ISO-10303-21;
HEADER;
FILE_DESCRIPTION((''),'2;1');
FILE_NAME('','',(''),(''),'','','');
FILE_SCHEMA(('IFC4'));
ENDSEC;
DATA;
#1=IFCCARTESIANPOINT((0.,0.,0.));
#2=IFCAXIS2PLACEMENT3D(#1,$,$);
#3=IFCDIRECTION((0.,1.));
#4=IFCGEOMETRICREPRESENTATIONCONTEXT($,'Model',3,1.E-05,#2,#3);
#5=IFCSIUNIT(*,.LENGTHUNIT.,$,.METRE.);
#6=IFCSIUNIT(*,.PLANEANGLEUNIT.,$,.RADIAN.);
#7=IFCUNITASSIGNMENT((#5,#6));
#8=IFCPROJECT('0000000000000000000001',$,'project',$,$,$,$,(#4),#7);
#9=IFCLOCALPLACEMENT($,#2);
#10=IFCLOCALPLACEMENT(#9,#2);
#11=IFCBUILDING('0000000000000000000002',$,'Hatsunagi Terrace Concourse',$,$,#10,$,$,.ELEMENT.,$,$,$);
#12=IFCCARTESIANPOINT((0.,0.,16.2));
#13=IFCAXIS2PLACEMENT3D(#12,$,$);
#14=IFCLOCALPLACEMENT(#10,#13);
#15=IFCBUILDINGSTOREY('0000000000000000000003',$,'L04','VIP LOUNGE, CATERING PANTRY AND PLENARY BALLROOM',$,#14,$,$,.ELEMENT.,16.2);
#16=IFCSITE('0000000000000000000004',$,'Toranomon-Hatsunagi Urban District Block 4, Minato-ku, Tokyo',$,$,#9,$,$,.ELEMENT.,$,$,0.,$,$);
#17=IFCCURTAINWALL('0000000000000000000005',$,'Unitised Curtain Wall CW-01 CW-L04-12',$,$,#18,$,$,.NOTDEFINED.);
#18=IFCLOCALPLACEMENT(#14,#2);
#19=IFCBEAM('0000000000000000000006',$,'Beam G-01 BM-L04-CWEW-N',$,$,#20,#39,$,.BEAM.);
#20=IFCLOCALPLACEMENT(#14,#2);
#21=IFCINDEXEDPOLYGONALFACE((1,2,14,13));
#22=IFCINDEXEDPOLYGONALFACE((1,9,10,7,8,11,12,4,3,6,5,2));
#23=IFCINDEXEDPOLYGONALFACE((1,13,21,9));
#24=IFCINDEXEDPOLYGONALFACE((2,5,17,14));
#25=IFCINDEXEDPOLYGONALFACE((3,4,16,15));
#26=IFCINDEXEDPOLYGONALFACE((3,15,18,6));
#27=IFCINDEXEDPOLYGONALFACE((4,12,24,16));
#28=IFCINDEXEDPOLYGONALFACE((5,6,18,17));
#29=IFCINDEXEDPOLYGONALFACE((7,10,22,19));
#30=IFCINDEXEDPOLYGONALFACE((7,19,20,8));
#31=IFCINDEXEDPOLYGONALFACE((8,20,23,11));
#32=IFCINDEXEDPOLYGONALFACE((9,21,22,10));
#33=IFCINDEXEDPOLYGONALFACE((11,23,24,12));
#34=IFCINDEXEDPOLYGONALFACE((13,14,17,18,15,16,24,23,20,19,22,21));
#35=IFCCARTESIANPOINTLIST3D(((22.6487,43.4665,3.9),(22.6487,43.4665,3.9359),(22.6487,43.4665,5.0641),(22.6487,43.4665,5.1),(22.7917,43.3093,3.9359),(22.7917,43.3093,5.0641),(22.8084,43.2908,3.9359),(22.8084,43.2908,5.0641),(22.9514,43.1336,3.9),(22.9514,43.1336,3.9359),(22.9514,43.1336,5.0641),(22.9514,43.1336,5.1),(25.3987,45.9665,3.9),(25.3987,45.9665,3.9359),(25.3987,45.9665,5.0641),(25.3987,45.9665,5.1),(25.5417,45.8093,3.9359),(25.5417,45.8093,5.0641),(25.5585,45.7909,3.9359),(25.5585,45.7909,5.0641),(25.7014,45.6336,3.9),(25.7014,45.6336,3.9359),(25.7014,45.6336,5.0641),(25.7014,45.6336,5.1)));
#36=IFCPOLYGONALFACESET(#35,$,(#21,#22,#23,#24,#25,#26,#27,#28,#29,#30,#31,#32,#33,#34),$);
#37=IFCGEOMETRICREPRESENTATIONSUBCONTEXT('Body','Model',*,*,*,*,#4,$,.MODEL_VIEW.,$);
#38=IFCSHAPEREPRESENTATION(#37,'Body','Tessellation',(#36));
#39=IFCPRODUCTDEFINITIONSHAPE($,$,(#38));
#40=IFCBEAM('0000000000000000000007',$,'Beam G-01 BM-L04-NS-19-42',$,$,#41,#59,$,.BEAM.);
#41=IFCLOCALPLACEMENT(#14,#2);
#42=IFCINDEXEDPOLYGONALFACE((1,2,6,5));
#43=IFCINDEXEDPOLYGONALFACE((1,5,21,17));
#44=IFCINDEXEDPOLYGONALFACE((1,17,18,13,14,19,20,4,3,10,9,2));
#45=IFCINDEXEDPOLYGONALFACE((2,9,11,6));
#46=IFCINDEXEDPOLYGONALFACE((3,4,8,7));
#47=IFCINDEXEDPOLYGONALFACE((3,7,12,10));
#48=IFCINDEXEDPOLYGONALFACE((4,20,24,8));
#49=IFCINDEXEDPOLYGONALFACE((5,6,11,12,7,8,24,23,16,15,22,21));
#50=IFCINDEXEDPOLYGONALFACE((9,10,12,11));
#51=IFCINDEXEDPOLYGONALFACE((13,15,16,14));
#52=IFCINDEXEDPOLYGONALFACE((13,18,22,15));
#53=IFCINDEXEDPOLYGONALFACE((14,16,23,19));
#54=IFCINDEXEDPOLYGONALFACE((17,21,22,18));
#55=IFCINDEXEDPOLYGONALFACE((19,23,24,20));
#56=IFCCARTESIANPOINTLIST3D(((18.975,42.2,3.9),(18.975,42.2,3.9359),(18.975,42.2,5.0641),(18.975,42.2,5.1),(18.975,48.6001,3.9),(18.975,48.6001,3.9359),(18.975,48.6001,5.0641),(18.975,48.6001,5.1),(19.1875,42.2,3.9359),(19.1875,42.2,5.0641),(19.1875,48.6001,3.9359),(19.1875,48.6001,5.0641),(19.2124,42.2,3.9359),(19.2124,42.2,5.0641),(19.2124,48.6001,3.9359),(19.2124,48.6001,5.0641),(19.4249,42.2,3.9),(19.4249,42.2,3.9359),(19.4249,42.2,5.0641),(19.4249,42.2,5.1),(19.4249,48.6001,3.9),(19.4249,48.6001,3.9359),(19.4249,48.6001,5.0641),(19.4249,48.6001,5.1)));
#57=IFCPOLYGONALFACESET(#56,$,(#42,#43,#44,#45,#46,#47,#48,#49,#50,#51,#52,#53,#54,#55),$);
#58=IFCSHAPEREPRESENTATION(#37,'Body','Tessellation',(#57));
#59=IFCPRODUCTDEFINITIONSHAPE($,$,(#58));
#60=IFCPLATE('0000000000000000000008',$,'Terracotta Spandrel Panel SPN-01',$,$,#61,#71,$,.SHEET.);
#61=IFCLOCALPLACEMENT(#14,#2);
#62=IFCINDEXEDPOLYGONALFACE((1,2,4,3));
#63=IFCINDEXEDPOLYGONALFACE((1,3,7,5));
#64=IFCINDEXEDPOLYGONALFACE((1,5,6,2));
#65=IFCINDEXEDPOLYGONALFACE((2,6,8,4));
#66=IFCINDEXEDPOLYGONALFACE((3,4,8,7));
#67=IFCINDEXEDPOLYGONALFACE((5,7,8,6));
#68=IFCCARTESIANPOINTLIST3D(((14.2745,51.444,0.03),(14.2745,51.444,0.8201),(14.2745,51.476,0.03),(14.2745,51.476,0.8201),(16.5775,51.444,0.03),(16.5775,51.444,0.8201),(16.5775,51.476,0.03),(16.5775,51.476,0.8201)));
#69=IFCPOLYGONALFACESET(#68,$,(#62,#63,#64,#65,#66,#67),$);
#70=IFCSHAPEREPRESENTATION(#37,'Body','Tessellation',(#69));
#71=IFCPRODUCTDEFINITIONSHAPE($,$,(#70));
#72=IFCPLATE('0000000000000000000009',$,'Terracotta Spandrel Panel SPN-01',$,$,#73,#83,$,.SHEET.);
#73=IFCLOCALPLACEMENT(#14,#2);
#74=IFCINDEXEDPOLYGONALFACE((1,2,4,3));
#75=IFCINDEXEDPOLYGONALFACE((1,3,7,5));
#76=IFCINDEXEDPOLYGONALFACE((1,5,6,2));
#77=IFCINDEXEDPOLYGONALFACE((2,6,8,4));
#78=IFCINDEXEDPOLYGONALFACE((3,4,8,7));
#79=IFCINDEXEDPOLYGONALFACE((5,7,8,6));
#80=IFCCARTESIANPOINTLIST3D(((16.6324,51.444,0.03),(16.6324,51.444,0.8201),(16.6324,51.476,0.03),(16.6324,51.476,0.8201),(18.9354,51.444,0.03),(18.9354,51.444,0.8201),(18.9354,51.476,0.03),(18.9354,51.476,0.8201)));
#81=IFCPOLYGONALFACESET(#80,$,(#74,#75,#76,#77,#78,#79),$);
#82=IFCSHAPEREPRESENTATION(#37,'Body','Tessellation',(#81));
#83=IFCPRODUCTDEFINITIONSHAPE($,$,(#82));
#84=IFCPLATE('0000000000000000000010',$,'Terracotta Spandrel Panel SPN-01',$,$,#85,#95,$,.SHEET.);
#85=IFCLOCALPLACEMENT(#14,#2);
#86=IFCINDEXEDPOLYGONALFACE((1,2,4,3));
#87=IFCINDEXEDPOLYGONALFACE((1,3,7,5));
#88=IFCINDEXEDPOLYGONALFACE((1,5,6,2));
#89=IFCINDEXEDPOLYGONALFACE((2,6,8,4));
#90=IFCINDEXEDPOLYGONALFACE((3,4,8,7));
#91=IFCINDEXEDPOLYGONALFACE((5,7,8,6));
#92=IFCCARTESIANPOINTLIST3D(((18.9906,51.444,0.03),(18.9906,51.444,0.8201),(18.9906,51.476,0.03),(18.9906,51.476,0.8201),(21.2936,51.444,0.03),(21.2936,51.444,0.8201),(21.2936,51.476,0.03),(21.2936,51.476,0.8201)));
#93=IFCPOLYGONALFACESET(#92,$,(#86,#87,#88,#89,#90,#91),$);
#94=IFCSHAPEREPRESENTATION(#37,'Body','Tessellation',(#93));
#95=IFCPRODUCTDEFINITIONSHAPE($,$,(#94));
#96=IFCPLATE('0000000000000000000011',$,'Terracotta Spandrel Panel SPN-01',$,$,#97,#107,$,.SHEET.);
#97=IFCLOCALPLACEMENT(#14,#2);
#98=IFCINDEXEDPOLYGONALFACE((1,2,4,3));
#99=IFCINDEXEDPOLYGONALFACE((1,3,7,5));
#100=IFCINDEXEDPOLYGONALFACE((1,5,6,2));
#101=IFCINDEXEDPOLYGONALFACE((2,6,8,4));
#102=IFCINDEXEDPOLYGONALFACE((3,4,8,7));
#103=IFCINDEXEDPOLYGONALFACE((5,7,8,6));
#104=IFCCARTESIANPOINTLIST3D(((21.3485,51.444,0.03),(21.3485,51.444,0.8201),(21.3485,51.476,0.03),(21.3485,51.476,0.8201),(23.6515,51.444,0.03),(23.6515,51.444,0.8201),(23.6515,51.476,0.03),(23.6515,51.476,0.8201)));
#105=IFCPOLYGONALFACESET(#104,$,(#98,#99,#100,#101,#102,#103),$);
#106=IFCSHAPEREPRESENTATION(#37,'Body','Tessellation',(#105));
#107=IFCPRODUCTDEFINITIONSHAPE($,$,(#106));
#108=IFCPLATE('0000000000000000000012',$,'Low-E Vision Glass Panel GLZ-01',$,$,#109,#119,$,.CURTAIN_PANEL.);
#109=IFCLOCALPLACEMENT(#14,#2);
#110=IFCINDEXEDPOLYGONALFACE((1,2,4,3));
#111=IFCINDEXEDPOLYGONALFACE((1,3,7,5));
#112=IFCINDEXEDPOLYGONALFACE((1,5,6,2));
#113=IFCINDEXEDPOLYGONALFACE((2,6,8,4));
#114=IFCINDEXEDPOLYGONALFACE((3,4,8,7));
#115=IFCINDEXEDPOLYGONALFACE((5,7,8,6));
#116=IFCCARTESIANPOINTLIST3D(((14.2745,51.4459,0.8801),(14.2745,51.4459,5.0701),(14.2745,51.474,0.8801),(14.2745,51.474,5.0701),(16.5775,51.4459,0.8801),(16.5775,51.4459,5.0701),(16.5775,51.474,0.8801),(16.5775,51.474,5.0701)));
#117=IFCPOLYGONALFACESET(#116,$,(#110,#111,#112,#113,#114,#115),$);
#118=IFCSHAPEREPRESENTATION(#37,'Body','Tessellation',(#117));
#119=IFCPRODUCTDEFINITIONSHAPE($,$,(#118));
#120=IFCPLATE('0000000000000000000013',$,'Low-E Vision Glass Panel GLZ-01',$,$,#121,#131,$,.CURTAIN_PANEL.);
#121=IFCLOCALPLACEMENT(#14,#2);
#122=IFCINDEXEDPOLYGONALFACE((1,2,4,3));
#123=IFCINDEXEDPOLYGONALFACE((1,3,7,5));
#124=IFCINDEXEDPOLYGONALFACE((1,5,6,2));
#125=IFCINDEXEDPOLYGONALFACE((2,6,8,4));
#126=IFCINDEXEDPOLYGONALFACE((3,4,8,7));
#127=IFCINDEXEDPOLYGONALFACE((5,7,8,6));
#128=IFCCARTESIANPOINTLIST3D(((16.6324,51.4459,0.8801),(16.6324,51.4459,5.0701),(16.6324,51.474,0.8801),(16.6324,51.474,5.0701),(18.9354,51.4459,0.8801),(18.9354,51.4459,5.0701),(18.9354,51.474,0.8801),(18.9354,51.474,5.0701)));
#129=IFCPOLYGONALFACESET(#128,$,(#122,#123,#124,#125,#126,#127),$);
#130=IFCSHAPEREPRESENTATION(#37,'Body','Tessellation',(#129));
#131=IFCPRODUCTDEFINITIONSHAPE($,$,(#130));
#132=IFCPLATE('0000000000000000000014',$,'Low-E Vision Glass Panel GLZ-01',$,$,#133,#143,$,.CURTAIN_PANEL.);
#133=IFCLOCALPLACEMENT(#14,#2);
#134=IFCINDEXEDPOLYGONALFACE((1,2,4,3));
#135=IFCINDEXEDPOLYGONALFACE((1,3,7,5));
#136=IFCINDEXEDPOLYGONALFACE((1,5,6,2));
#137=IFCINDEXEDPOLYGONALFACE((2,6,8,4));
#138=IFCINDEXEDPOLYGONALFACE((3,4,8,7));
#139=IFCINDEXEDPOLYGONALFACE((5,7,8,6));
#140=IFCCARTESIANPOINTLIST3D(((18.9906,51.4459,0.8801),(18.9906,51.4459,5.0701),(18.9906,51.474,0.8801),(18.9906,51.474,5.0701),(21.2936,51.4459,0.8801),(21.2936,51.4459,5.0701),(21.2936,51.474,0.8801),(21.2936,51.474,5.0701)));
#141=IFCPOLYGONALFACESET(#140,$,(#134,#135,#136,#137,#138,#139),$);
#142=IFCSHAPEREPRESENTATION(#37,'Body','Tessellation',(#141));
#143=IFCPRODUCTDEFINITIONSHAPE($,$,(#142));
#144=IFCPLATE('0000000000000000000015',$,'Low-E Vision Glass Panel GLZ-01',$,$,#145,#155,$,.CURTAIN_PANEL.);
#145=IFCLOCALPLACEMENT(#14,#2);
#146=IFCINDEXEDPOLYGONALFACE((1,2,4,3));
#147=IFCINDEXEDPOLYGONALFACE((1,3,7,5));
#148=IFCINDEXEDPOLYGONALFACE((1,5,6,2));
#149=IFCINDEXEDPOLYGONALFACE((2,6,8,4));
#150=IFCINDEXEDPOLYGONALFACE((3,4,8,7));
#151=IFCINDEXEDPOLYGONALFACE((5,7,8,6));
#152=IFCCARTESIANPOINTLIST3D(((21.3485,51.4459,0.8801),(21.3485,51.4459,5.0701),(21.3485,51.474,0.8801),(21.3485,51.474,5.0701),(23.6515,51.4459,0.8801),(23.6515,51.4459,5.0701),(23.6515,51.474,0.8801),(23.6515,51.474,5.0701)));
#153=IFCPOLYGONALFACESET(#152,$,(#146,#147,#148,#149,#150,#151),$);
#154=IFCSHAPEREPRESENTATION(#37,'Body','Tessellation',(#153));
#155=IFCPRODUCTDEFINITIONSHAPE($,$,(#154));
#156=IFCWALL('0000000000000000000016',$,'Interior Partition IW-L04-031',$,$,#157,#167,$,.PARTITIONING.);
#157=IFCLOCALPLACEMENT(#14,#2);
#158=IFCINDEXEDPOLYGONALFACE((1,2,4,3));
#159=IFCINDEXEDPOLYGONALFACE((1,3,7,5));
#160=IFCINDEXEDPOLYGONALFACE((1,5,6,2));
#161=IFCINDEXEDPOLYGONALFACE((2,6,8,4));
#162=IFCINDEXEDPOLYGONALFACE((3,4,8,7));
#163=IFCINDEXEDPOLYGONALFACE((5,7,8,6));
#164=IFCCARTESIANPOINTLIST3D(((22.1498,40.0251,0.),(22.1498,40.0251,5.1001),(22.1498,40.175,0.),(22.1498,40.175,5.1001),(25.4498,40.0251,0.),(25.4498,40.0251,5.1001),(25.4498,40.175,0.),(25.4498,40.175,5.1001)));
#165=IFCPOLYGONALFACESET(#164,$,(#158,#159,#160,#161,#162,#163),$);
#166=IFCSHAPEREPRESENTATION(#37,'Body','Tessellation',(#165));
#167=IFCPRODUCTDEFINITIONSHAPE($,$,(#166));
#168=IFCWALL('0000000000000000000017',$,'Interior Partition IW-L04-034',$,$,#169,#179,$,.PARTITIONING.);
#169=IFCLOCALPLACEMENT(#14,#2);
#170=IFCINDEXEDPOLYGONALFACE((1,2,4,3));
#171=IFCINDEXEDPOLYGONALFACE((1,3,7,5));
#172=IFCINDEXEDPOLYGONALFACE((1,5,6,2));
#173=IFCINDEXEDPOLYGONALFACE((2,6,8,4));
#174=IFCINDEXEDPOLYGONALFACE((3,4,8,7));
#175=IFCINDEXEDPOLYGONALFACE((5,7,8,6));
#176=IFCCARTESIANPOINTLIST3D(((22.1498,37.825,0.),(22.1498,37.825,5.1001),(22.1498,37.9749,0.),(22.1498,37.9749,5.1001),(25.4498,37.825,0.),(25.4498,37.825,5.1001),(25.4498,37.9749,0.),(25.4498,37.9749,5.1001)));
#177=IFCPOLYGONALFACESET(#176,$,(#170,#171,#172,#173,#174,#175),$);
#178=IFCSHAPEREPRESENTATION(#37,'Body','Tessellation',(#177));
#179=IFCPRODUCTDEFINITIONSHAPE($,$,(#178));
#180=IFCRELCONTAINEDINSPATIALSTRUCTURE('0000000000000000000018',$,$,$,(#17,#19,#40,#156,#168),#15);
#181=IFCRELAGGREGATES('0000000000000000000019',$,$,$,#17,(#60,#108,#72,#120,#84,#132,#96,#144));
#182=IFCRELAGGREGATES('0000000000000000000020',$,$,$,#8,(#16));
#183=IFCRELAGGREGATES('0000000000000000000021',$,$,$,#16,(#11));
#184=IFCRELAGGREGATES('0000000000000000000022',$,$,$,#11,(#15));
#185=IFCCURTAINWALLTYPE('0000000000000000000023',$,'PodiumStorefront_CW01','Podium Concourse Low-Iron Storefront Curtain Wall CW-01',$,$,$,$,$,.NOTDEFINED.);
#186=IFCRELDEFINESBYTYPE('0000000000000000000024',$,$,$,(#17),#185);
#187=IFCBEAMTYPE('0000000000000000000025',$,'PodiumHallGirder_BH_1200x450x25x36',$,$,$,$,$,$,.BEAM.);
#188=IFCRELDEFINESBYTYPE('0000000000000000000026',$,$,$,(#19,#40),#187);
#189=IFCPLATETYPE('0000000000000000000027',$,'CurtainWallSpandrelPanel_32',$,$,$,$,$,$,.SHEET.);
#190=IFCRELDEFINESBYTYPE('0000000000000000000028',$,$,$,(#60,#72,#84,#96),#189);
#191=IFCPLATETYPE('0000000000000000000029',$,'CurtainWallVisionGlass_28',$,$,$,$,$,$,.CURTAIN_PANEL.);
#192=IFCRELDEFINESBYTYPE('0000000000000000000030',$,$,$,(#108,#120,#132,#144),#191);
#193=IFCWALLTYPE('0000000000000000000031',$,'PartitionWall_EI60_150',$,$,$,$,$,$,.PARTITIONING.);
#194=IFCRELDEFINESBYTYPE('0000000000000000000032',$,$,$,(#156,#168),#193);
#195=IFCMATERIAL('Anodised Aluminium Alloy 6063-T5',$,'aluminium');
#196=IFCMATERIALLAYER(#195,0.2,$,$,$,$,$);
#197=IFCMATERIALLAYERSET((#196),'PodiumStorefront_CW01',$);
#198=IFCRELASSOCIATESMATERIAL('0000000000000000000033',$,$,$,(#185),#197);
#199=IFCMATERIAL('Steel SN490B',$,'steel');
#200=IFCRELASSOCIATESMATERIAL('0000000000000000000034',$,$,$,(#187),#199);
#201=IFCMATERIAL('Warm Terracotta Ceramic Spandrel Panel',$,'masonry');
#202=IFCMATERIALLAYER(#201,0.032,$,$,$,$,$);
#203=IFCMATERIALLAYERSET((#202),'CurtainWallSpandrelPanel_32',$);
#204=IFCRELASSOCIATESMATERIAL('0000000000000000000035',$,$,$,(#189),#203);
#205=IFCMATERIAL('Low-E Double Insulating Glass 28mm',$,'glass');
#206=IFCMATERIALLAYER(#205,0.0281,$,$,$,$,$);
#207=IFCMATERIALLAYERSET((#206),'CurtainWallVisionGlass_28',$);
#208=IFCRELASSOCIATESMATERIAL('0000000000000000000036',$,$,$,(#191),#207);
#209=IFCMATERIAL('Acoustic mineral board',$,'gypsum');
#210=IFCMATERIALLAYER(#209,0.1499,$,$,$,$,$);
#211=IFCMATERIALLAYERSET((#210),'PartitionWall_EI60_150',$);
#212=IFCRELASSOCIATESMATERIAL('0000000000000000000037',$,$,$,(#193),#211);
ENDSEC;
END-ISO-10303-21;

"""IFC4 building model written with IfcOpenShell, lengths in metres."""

from ifc_helpers import new_model, si_unit, direction, frame, frame_2d, origin, origin_2d, place, context, subcontext, project, spatial, rectangle, i_section, extrude, material, layer, layer_set, material_profile, profile_set, type_object, element, aggregate, save


model = new_model("IFC4")

# Units and contexts
model_context = context("Model", 3, precision=1e-05, world=origin(), true_north=direction((0.0, 1.0)))
body_context = subcontext(model_context, "Body", "Model", "MODEL_VIEW")
ifc_project = project(units=[si_unit("LENGTHUNIT", "METRE"), si_unit("PLANEANGLEUNIT", "RADIAN")], contexts=[model_context])

# Site, building, storey
site_placement = place(None, origin())
site = spatial("IfcSite", under=ifc_project, at=site_placement, Name="Toranomon-Hatsunagi Urban District Block 4, Minato-ku, Tokyo", CompositionType="ELEMENT", RefElevation=0.0)
building_placement = place(site_placement, origin())
building = spatial("IfcBuilding", under=site, at=building_placement, Name="Hatsunagi Terrace Concourse", CompositionType="ELEMENT")
storey_placement = place(building_placement, frame((0.0, 0.0, 16.2)))
storey = spatial("IfcBuildingStorey", under=building, at=storey_placement, Name="L04", Description="VIP LOUNGE, CATERING PANTRY AND PLENARY BALLROOM", CompositionType="ELEMENT", Elevation=16.2)

# Curtain wall
ifc_material_1 = material(Name="Anodised Aluminium Alloy 6063-T5", Category="aluminium")
ifc_layer_1 = layer(ifc_material_1, 0.2)
ifc_layer_set_1 = layer_set([ifc_layer_1], Name="PodiumStorefront_CW01")
curtain_wall_type = type_object("IfcCurtainWallType", Name="PodiumStorefront_CW01", Description="Podium Concourse Low-Iron Storefront Curtain Wall CW-01", PredefinedType="NOTDEFINED", material=ifc_layer_set_1)
curtain_wall_placement = place(storey_placement, origin())
curtain_wall = element("IfcCurtainWall", 1, at=curtain_wall_placement, inside=storey, type_object=curtain_wall_type, Name="Unitised Curtain Wall CW-01 CW-L04-12", PredefinedType="NOTDEFINED")

# Beams
ifc_material_2 = material(Name="Steel SN490B", Category="steel")
ifc_material_profile_1 = material_profile(ifc_material_2, i_section(OverallWidth=0.45, OverallDepth=1.2, WebThickness=0.0249, FlangeThickness=0.0359, at=origin_2d()), Name="BH-1200x450x25x36")
ifc_profile_set_1 = profile_set([ifc_material_profile_1], Name="Steel SN490B")
beam_type_1 = type_object("IfcBeamType", Name="PodiumHallGirder_BH_1200x450x25x36", PredefinedType="BEAM", material=ifc_profile_set_1)
beam_1_placement = place(storey_placement, frame((22.8, 43.3, 4.5), z_axis=(0.73994, 0.672673, 0.0), x_axis=(-0.672673, 0.73994, 0.0)))
element("IfcBeam", 2, at=beam_1_placement, inside=storey, type_object=beam_type_1, Name="Beam G-01 BM-L04-CWEW-N", PredefinedType="BEAM", context=body_context, shape_type="SweptSolid", body=[
    extrude(i_section(OverallWidth=0.45, OverallDepth=1.2, WebThickness=0.0249, FlangeThickness=0.0359, at=origin_2d()), origin(), (0.0, 0.0, 1.0), 3.7166),
])
beam_2_placement = place(storey_placement, frame((19.2, 42.2, 4.5), z_axis=(0.0, 1.0, 0.0), x_axis=(-1.0, 0.0, 0.0)))
element("IfcBeam", 3, at=beam_2_placement, inside=storey, type_object=beam_type_1, Name="Beam G-01 BM-L04-NS-19-42", PredefinedType="BEAM", context=body_context, shape_type="SweptSolid", body=[
    extrude(i_section(OverallWidth=0.45, OverallDepth=1.2, WebThickness=0.0249, FlangeThickness=0.0359, at=origin_2d()), origin(), (0.0, 0.0, 1.0), 6.4001),
])

# Plates
ifc_material_3 = material(Name="Warm Terracotta Ceramic Spandrel Panel", Category="masonry")
ifc_layer_2 = layer(ifc_material_3, 0.032)
ifc_layer_set_2 = layer_set([ifc_layer_2], Name="CurtainWallSpandrelPanel_32")
plate_type_1 = type_object("IfcPlateType", Name="CurtainWallSpandrelPanel_32", PredefinedType="SHEET", material=ifc_layer_set_2)
plate_1_placement = place(storey_placement, frame((15.426, 51.46, 0.03), z_axis=(0.0, 0.0, 1.0), x_axis=(1.0, 0.0, 0.0)))
plate_1 = element("IfcPlate", 4, at=plate_1_placement, type_object=plate_type_1, Name="Terracotta Spandrel Panel SPN-01", PredefinedType="SHEET", context=body_context, shape_type="SweptSolid", body=[
    extrude(rectangle(XDim=2.303, YDim=0.032, at=origin_2d()), origin(), (0.0, 0.0, 1.0), 0.79),
])
plate_2_placement = place(storey_placement, frame((17.7839, 51.46, 0.03), z_axis=(0.0, 0.0, 1.0), x_axis=(1.0, 0.0, 0.0)))
plate_2 = element("IfcPlate", 5, at=plate_2_placement, type_object=plate_type_1, Name="Terracotta Spandrel Panel SPN-01", PredefinedType="SHEET", context=body_context, shape_type="SweptSolid", body=[
    extrude(rectangle(XDim=2.303, YDim=0.032, at=origin_2d()), origin(), (0.0, 0.0, 1.0), 0.79),
])
plate_3_placement = place(storey_placement, frame((20.1421, 51.46, 0.03), z_axis=(0.0, 0.0, 1.0), x_axis=(1.0, 0.0, 0.0)))
plate_3 = element("IfcPlate", 6, at=plate_3_placement, type_object=plate_type_1, Name="Terracotta Spandrel Panel SPN-01", PredefinedType="SHEET", context=body_context, shape_type="SweptSolid", body=[
    extrude(rectangle(XDim=2.303, YDim=0.032, at=origin_2d()), origin(), (0.0, 0.0, 1.0), 0.79),
])
plate_4_placement = place(storey_placement, frame((22.5, 51.46, 0.03), z_axis=(0.0, 0.0, 1.0), x_axis=(1.0, 0.0, 0.0)))
plate_4 = element("IfcPlate", 7, at=plate_4_placement, type_object=plate_type_1, Name="Terracotta Spandrel Panel SPN-01", PredefinedType="SHEET", context=body_context, shape_type="SweptSolid", body=[
    extrude(rectangle(XDim=2.303, YDim=0.032, at=origin_2d()), origin(), (0.0, 0.0, 1.0), 0.79),
])
ifc_material_4 = material(Name="Low-E Double Insulating Glass 28mm", Category="glass")
ifc_layer_3 = layer(ifc_material_4, 0.0281)
ifc_layer_set_3 = layer_set([ifc_layer_3], Name="CurtainWallVisionGlass_28")
plate_type_2 = type_object("IfcPlateType", Name="CurtainWallVisionGlass_28", PredefinedType="CURTAIN_PANEL", material=ifc_layer_set_3)
plate_5_placement = place(storey_placement, frame((15.426, 51.46, 0.8801), z_axis=(0.0, 0.0, 1.0), x_axis=(1.0, 0.0, 0.0)))
plate_5 = element("IfcPlate", 8, at=plate_5_placement, type_object=plate_type_2, Name="Low-E Vision Glass Panel GLZ-01", PredefinedType="CURTAIN_PANEL", context=body_context, shape_type="SweptSolid", body=[
    extrude(rectangle(XDim=2.303, YDim=0.0281, at=origin_2d()), origin(), (0.0, 0.0, 1.0), 4.1899),
])
plate_6_placement = place(storey_placement, frame((17.7839, 51.46, 0.8801), z_axis=(0.0, 0.0, 1.0), x_axis=(1.0, 0.0, 0.0)))
plate_6 = element("IfcPlate", 9, at=plate_6_placement, type_object=plate_type_2, Name="Low-E Vision Glass Panel GLZ-01", PredefinedType="CURTAIN_PANEL", context=body_context, shape_type="SweptSolid", body=[
    extrude(rectangle(XDim=2.303, YDim=0.0281, at=origin_2d()), origin(), (0.0, 0.0, 1.0), 4.1899),
])
plate_7_placement = place(storey_placement, frame((20.1421, 51.46, 0.8801), z_axis=(0.0, 0.0, 1.0), x_axis=(1.0, 0.0, 0.0)))
plate_7 = element("IfcPlate", 10, at=plate_7_placement, type_object=plate_type_2, Name="Low-E Vision Glass Panel GLZ-01", PredefinedType="CURTAIN_PANEL", context=body_context, shape_type="SweptSolid", body=[
    extrude(rectangle(XDim=2.303, YDim=0.0281, at=origin_2d()), origin(), (0.0, 0.0, 1.0), 4.1899),
])
plate_8_placement = place(storey_placement, frame((22.5, 51.46, 0.8801), z_axis=(0.0, 0.0, 1.0), x_axis=(1.0, 0.0, 0.0)))
plate_8 = element("IfcPlate", 11, at=plate_8_placement, type_object=plate_type_2, Name="Low-E Vision Glass Panel GLZ-01", PredefinedType="CURTAIN_PANEL", context=body_context, shape_type="SweptSolid", body=[
    extrude(rectangle(XDim=2.303, YDim=0.0281, at=origin_2d()), origin(), (0.0, 0.0, 1.0), 4.1899),
])
aggregate(curtain_wall, [plate_1, plate_5, plate_2, plate_6, plate_3, plate_7, plate_4, plate_8])

# Walls
ifc_material_5 = material(Name="Acoustic mineral board", Category="gypsum")
ifc_layer_4 = layer(ifc_material_5, 0.1499)
ifc_layer_set_4 = layer_set([ifc_layer_4], Name="PartitionWall_EI60_150")
wall_type = type_object("IfcWallType", Name="PartitionWall_EI60_150", PredefinedType="PARTITIONING", material=ifc_layer_set_4)
for number, where, z_axis, x_axis, name in (
    (12, (22.1499, 40.1001, 0.0), (0.0, 0.0, 1.0), (1.0, 0.0, 0.0), "Interior Partition IW-L04-031"),
    (13, (22.1499, 37.8999, 0.0), (0.0, 0.0, 1.0), (1.0, 0.0, 0.0), "Interior Partition IW-L04-034"),
):
    element("IfcWall", number, at=place(storey_placement, frame(where, z_axis=z_axis, x_axis=x_axis)), inside=storey, type_object=wall_type, Name=name, PredefinedType="PARTITIONING", context=body_context, shape_type="SweptSolid", body=[
        extrude(rectangle(XDim=3.3, YDim=0.1499, at=frame_2d((1.6499, 0.0))), origin(), (0.0, 0.0, 1.0), 5.1001),
    ])

save(model, "model.ifc")
